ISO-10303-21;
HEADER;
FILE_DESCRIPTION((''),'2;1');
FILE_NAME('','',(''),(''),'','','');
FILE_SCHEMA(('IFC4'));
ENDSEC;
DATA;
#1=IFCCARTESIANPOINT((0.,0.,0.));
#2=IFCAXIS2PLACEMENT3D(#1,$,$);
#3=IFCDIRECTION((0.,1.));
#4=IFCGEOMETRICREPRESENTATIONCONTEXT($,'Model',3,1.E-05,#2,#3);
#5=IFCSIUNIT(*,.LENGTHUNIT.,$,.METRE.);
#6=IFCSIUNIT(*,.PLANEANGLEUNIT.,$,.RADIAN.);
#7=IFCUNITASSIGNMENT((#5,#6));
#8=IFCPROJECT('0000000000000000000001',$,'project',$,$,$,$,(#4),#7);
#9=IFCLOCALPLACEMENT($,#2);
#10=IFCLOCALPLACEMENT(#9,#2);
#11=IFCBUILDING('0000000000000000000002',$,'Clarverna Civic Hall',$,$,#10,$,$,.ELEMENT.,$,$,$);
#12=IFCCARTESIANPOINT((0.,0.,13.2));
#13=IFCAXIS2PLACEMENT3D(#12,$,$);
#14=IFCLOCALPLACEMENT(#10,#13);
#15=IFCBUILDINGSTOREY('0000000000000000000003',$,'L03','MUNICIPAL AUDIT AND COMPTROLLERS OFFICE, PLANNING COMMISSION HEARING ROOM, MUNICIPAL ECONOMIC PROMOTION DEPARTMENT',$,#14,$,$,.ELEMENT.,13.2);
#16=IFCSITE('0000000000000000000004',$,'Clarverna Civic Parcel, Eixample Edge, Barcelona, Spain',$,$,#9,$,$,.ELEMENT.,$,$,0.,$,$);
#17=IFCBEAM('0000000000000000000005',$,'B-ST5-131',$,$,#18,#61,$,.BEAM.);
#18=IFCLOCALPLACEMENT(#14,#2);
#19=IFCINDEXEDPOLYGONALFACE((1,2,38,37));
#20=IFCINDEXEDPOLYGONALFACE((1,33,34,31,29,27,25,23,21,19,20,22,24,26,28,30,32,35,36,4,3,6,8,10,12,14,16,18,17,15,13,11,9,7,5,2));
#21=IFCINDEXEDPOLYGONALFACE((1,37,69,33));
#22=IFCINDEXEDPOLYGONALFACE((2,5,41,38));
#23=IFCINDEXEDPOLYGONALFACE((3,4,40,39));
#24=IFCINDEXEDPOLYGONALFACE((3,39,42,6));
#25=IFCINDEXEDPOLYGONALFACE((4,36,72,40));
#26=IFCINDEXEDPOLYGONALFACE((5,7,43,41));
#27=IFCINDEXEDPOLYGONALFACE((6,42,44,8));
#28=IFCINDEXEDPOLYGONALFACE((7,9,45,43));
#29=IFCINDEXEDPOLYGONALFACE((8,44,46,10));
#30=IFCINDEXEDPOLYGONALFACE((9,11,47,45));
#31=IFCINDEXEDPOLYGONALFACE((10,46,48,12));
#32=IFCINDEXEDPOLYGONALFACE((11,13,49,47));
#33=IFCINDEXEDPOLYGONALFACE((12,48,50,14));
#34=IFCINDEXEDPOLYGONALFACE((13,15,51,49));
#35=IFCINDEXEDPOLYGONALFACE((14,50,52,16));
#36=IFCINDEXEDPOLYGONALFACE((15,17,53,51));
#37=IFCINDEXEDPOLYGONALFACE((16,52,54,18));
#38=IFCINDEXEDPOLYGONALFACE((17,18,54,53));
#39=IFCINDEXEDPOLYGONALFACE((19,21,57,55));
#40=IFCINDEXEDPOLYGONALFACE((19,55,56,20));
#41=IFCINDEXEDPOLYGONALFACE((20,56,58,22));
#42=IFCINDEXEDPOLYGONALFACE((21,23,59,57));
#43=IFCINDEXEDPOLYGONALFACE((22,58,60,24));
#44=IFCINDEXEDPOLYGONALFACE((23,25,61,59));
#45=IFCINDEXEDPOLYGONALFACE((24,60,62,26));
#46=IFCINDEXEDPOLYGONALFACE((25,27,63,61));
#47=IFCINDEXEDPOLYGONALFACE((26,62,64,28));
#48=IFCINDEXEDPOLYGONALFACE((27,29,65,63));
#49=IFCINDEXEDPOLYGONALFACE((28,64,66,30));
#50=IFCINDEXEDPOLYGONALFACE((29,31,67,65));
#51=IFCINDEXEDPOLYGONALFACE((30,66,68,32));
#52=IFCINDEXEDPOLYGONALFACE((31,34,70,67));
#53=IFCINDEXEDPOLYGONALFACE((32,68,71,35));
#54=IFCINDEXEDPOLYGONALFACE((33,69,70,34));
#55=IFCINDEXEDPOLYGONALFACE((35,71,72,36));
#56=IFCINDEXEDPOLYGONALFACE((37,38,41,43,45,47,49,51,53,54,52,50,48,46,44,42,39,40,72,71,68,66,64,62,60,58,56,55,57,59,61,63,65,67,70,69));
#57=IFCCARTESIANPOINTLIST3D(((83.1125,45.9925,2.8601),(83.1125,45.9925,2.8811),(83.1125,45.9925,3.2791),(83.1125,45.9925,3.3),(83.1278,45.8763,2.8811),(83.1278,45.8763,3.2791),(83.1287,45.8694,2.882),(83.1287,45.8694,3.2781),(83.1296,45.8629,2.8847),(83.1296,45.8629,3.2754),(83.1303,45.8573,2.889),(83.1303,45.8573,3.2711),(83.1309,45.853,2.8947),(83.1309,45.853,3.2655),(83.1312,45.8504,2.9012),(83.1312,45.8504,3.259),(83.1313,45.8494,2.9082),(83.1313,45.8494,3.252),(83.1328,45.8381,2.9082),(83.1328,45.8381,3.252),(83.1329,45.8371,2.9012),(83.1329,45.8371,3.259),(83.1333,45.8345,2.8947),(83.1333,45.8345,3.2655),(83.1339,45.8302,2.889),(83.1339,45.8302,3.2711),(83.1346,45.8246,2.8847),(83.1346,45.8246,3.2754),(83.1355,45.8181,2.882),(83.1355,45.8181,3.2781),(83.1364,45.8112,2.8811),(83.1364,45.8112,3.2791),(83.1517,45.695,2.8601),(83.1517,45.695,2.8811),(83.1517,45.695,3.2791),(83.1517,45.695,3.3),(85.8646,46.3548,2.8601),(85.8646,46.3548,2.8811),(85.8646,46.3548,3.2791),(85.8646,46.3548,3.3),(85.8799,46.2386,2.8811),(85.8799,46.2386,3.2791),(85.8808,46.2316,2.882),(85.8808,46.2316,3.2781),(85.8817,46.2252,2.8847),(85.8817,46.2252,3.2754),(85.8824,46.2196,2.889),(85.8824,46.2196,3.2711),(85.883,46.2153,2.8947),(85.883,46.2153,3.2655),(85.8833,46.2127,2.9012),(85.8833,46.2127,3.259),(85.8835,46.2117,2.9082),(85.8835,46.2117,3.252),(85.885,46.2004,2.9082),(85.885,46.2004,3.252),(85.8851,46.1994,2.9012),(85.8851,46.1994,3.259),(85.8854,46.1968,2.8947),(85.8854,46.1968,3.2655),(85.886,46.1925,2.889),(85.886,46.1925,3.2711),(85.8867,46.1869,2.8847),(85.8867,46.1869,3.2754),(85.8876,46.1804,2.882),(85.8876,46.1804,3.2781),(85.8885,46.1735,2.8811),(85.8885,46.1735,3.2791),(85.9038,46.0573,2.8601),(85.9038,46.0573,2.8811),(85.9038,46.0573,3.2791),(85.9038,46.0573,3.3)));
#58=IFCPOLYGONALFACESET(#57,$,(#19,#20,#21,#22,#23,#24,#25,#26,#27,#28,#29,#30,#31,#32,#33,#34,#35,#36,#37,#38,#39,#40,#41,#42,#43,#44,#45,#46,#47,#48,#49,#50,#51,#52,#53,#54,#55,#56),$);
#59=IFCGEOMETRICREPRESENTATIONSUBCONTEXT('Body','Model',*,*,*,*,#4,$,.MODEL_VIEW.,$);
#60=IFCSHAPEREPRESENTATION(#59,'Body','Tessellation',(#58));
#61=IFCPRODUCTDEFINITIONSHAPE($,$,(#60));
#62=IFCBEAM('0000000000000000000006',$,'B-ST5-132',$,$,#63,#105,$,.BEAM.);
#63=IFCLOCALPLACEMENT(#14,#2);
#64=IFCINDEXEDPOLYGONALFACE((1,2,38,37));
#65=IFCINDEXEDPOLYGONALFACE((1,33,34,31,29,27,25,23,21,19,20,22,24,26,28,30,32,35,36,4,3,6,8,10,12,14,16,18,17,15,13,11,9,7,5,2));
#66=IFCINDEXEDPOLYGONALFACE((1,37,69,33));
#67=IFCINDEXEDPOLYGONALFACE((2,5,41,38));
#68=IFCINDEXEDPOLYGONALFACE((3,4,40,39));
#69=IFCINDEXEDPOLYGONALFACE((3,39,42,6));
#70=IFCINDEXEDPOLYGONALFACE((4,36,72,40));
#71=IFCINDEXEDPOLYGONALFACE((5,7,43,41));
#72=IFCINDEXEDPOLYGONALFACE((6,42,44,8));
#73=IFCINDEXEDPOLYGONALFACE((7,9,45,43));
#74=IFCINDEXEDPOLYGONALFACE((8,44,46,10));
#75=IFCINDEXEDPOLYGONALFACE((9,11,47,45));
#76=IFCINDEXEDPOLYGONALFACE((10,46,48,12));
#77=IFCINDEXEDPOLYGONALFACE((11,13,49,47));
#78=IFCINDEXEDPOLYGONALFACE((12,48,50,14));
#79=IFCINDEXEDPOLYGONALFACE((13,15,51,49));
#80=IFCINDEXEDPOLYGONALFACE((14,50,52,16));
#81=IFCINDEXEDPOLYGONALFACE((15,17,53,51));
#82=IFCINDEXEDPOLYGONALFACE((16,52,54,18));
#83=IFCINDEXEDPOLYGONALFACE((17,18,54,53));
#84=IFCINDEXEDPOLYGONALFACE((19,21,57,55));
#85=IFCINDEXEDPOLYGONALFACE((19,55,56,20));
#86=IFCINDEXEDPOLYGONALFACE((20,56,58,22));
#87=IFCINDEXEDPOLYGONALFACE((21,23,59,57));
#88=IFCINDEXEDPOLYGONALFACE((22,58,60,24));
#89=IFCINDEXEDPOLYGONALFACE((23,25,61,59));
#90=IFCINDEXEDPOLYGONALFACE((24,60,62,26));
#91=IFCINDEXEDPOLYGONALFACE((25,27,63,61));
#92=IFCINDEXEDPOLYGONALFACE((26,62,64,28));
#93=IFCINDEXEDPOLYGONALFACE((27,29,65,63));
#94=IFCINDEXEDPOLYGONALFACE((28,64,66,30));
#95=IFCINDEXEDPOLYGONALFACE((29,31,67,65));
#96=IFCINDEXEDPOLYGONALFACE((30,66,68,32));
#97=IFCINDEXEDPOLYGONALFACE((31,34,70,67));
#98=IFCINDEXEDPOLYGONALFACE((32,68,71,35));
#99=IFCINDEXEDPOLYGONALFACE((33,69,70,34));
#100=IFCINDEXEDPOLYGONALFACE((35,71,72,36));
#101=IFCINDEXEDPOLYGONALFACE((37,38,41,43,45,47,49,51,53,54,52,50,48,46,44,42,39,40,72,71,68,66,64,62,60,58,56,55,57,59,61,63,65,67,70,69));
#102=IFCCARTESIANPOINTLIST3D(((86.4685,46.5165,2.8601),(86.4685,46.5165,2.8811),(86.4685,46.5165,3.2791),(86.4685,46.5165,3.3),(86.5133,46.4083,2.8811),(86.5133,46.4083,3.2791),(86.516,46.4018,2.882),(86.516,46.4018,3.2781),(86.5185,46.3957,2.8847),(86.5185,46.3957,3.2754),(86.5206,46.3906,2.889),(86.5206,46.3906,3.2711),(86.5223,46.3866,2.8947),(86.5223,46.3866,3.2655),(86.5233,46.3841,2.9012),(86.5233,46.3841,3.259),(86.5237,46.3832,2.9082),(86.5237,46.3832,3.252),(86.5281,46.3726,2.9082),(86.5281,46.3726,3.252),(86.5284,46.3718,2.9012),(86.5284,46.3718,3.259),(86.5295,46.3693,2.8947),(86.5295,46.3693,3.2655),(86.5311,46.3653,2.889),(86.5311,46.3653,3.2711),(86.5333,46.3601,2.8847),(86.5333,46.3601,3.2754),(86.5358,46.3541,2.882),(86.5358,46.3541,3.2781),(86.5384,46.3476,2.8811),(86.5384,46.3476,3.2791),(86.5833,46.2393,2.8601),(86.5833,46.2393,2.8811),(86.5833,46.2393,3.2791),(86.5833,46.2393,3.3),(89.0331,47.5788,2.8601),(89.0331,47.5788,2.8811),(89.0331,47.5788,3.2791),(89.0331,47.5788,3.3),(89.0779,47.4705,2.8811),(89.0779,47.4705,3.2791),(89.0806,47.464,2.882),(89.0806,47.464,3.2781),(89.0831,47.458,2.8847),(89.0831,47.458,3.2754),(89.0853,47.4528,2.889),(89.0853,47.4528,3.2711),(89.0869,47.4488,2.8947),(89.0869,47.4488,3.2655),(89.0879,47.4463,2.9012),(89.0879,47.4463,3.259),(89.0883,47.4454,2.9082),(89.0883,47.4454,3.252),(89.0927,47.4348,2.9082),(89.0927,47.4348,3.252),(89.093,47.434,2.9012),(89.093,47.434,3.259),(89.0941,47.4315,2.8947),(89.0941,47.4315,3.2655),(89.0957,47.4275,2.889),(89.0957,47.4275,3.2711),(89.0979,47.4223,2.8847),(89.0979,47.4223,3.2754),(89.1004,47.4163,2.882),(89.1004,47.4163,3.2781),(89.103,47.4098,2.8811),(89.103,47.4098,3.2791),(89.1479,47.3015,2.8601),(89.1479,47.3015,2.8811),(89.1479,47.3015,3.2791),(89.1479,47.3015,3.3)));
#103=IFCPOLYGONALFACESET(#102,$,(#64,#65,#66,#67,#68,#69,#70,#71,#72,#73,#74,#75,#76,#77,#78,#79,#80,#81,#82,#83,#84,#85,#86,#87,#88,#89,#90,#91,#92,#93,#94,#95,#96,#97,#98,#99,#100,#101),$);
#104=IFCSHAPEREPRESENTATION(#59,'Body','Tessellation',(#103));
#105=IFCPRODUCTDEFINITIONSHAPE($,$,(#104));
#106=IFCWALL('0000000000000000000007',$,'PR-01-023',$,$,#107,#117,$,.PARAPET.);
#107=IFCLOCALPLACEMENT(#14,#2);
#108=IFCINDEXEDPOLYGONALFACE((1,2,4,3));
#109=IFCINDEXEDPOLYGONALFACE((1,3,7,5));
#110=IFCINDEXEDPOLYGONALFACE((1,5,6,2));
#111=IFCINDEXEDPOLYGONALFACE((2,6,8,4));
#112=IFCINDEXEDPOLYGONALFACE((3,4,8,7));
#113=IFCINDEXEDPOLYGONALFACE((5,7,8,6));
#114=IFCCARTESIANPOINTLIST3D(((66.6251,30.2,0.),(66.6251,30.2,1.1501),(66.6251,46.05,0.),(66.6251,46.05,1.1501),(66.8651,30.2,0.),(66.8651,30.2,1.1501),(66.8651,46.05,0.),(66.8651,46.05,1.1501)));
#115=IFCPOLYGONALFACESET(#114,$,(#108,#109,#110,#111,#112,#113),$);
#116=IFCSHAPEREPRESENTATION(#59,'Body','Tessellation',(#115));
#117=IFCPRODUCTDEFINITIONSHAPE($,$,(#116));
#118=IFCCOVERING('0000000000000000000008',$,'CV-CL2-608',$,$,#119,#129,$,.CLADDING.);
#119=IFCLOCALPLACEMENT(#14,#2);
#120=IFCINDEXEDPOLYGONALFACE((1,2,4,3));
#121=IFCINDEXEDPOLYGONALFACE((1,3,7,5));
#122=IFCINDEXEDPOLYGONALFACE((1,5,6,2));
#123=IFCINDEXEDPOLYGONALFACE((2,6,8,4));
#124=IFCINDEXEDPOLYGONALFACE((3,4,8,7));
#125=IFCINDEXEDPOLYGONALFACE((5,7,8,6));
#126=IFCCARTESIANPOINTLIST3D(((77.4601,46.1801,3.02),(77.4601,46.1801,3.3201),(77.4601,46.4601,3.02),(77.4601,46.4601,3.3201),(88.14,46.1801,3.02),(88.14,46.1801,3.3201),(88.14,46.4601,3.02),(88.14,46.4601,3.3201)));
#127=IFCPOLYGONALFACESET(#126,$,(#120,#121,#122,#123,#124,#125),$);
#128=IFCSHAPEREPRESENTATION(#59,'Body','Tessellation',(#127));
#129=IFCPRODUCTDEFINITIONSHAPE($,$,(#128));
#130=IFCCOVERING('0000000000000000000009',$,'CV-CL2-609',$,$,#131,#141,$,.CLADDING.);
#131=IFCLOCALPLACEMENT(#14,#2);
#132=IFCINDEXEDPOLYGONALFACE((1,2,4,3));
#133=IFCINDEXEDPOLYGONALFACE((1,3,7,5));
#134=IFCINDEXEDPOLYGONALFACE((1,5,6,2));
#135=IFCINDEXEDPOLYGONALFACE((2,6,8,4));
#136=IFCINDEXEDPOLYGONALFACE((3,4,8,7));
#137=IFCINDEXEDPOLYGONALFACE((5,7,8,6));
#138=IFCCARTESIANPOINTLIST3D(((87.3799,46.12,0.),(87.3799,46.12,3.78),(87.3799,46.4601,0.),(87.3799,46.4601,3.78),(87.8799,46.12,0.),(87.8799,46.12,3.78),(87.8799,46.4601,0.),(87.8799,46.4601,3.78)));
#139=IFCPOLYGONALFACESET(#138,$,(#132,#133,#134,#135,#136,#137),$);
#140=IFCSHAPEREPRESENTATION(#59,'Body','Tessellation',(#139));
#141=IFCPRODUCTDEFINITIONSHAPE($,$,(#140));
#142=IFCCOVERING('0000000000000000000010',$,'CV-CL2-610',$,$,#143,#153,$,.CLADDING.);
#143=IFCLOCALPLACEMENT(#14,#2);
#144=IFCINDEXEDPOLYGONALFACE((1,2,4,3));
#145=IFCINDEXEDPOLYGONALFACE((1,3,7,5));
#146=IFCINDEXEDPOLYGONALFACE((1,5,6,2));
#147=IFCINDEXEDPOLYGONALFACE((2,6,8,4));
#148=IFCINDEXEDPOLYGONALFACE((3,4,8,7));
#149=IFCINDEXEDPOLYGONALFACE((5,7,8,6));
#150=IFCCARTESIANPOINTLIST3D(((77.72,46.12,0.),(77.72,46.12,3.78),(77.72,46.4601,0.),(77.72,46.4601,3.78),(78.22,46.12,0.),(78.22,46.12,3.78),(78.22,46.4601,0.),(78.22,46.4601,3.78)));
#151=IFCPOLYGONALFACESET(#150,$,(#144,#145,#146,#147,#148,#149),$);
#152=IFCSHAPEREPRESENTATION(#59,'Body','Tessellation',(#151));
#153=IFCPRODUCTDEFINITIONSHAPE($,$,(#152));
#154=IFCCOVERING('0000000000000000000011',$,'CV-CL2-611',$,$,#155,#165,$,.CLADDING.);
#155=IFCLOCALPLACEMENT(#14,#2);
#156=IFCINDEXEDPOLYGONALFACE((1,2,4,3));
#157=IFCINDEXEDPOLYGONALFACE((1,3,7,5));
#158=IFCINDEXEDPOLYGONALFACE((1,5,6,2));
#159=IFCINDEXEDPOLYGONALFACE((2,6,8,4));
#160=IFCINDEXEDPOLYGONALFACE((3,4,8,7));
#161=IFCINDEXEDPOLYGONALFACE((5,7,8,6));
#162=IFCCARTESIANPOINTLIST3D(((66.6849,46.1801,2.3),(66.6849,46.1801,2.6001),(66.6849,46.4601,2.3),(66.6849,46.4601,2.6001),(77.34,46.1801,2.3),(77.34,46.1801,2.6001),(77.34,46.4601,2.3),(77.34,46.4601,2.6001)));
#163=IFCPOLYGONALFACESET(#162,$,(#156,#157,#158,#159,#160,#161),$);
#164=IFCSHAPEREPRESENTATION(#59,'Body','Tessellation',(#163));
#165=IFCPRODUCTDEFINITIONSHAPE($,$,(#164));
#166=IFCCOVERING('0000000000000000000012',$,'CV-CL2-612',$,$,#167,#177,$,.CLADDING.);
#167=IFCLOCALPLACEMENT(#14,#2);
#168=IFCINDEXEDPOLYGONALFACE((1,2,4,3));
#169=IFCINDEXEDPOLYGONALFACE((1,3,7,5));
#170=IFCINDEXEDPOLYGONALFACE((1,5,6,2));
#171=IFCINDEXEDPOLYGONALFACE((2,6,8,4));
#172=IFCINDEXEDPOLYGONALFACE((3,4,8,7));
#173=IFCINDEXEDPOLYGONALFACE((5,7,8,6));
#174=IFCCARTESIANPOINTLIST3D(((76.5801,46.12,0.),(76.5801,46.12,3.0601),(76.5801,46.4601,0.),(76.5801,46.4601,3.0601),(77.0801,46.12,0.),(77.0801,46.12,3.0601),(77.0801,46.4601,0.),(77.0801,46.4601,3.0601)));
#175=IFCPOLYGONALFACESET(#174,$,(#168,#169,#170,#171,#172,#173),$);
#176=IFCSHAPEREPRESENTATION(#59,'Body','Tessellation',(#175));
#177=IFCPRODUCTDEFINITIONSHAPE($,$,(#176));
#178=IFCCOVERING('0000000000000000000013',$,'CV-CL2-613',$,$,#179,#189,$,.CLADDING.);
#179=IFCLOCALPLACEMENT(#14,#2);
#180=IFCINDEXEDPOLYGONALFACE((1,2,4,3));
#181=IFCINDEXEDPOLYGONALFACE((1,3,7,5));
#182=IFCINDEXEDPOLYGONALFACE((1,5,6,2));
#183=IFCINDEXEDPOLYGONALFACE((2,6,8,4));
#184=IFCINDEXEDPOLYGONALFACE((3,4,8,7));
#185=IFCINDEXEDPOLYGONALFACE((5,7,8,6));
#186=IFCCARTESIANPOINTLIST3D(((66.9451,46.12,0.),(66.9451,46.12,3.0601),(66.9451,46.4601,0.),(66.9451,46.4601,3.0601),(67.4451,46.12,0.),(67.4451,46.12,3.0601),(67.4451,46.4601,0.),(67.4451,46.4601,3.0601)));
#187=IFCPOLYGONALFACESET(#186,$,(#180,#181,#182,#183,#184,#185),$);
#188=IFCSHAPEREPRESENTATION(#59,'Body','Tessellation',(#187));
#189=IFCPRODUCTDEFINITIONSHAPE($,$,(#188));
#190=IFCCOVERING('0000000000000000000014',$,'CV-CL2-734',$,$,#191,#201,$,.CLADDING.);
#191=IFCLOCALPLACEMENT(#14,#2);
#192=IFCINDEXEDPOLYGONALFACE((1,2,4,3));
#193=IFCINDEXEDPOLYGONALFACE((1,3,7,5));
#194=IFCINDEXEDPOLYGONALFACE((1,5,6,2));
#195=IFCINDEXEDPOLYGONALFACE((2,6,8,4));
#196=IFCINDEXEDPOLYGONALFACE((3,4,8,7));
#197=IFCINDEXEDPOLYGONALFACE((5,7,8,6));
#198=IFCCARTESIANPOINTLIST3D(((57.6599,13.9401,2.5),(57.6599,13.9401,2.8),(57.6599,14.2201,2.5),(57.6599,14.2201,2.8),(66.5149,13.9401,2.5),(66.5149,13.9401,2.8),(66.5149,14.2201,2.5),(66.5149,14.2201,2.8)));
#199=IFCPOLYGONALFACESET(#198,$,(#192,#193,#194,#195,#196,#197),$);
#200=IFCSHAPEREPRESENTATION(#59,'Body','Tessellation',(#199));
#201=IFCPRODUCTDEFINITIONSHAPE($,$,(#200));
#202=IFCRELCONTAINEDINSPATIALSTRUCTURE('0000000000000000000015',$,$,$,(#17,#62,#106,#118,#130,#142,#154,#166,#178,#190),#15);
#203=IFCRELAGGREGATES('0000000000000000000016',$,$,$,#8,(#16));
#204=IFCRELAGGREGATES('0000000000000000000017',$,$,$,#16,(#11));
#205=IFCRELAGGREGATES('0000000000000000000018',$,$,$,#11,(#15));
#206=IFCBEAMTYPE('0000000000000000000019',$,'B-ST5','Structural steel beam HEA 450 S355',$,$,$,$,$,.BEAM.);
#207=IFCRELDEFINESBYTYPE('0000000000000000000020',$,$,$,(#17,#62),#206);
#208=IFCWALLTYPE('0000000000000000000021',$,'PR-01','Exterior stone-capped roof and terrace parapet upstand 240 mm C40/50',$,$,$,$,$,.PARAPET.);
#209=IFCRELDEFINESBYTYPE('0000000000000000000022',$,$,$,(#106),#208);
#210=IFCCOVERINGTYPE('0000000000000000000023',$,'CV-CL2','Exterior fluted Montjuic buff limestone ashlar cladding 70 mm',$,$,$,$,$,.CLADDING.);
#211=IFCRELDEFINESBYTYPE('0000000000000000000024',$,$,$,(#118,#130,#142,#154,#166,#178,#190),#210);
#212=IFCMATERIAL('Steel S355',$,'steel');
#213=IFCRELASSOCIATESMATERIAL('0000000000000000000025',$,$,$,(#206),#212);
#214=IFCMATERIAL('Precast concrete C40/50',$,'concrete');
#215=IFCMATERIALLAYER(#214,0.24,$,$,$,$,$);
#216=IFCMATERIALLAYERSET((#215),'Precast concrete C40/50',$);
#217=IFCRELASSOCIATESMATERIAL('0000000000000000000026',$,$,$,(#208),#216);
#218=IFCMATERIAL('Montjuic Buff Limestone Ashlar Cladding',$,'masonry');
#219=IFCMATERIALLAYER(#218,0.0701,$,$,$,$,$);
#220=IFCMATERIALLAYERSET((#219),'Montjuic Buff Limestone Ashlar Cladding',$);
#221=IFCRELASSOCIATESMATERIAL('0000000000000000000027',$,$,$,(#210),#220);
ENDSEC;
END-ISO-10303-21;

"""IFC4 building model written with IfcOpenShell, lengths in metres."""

from ifc_helpers import new_model, si_unit, direction, frame, frame_2d, origin, origin_2d, place, context, subcontext, project, spatial, rectangle, i_section, extrude, material, layer, layer_set, material_profile, profile_set, type_object, element, save


model = new_model("IFC4")

# Units and contexts
model_context = context("Model", 3, precision=1e-05, world=origin(), true_north=direction((0.0, 1.0)))
body_context = subcontext(model_context, "Body", "Model", "MODEL_VIEW")
ifc_project = project(units=[si_unit("LENGTHUNIT", "METRE"), si_unit("PLANEANGLEUNIT", "RADIAN")], contexts=[model_context])

# Site, building, storey
site_placement = place(None, origin())
site = spatial("IfcSite", under=ifc_project, at=site_placement, Name="Clarverna Civic Parcel, Eixample Edge, Barcelona, Spain", CompositionType="ELEMENT", RefElevation=0.0)
building_placement = place(site_placement, origin())
building = spatial("IfcBuilding", under=site, at=building_placement, Name="Clarverna Civic Hall", CompositionType="ELEMENT")
storey_placement = place(building_placement, frame((0.0, 0.0, 13.2)))
storey = spatial("IfcBuildingStorey", under=building, at=storey_placement, Name="L03", Description="MUNICIPAL AUDIT AND COMPTROLLERS OFFICE, PLANNING COMMISSION HEARING ROOM, MUNICIPAL ECONOMIC PROMOTION DEPARTMENT", CompositionType="ELEMENT", Elevation=13.2)

# Beams
ifc_material_1 = material(Name="Steel S355", Category="steel")
ifc_material_profile_1 = material_profile(ifc_material_1, i_section(OverallWidth=0.3, OverallDepth=0.4399, WebThickness=0.0115, FlangeThickness=0.021, FilletRadius=0.0271, at=origin_2d()), Name="HEA 450")
ifc_profile_set_1 = profile_set([ifc_material_profile_1], Name="Steel S355")
beam_type = type_object("IfcBeamType", Name="B-ST5", Description="Structural steel beam HEA 450 S355", PredefinedType="BEAM", material=ifc_profile_set_1)
for number, where, z_axis, x_axis, name in (
    (1, (83.1321, 45.8438, 3.0801), (0.991446, 0.130516, 0.0), (-0.130516, 0.991446, 0.0), "B-ST5-131"),
    (2, (86.5259, 46.3779, 3.0801), (0.923889, 0.38266, 0.0), (-0.38266, 0.923889, 0.0), "B-ST5-132"),
):
    element("IfcBeam", number, at=place(storey_placement, frame(where, z_axis=z_axis, x_axis=x_axis)), inside=storey, type_object=beam_type, Name=name, PredefinedType="BEAM", context=body_context, shape_type="SweptSolid", body=[
        extrude(i_section(OverallWidth=0.3, OverallDepth=0.4399, WebThickness=0.0115, FlangeThickness=0.021, FilletRadius=0.0271, at=origin_2d()), origin(), (0.0, 0.0, 1.0), 2.7759),
    ])

# Wall
ifc_material_2 = material(Name="Precast concrete C40/50", Category="concrete")
ifc_layer_1 = layer(ifc_material_2, 0.24)
ifc_layer_set_1 = layer_set([ifc_layer_1], Name="Precast concrete C40/50")
wall_type = type_object("IfcWallType", Name="PR-01", Description="Exterior stone-capped roof and terrace parapet upstand 240 mm C40/50", PredefinedType="PARAPET", material=ifc_layer_set_1)
wall_placement = place(storey_placement, frame((66.7451, 30.2, 0.0), z_axis=(0.0, 0.0, 1.0), x_axis=(0.0, 1.0, 0.0)))
element("IfcWall", 3, at=wall_placement, inside=storey, type_object=wall_type, Name="PR-01-023", PredefinedType="PARAPET", context=body_context, shape_type="SweptSolid", body=[
    extrude(rectangle(XDim=15.8501, YDim=0.24, at=frame_2d((7.925, 0.0))), origin(), (0.0, 0.0, 1.0), 1.1501),
])

# Coverings
ifc_material_3 = material(Name="Montjuic Buff Limestone Ashlar Cladding", Category="masonry")
ifc_layer_2 = layer(ifc_material_3, 0.0701)
ifc_layer_set_2 = layer_set([ifc_layer_2], Name="Montjuic Buff Limestone Ashlar Cladding")
covering_type = type_object("IfcCoveringType", Name="CV-CL2", Description="Exterior fluted Montjuic buff limestone ashlar cladding 70 mm", PredefinedType="CLADDING", material=ifc_layer_set_2)
covering_1_placement = place(storey_placement, frame((88.1399, 46.3201, 3.02), z_axis=(0.0, 0.0, 1.0), x_axis=(-1.0, 0.0, 0.0)))
element("IfcCovering", 4, at=covering_1_placement, inside=storey, type_object=covering_type, Name="CV-CL2-608", PredefinedType="CLADDING", context=body_context, shape_type="SweptSolid", body=[
    extrude(rectangle(XDim=10.6799, YDim=0.28, at=frame_2d((5.3398, 0.0))), origin(), (0.0, 0.0, 1.0), 0.3),
])
for number, where, z_axis, x_axis, name in (
    (5, (87.8799, 46.29, 0.0), (0.0, 0.0, 1.0), (-1.0, 0.0, 0.0), "CV-CL2-609"),
    (6, (78.22, 46.29, 0.0), (0.0, 0.0, 1.0), (-1.0, 0.0, 0.0), "CV-CL2-610"),
):
    element("IfcCovering", number, at=place(storey_placement, frame(where, z_axis=z_axis, x_axis=x_axis)), inside=storey, type_object=covering_type, Name=name, PredefinedType="CLADDING", context=body_context, shape_type="SweptSolid", body=[
        extrude(rectangle(XDim=0.5, YDim=0.3401, at=frame_2d((0.25, 0.0))), origin(), (0.0, 0.0, 1.0), 3.78),
    ])
covering_2_placement = place(storey_placement, frame((77.3401, 46.3201, 2.3), z_axis=(0.0, 0.0, 1.0), x_axis=(-1.0, 0.0, 0.0)))
element("IfcCovering", 7, at=covering_2_placement, inside=storey, type_object=covering_type, Name="CV-CL2-611", PredefinedType="CLADDING", context=body_context, shape_type="SweptSolid", body=[
    extrude(rectangle(XDim=10.655, YDim=0.28, at=frame_2d((5.3276, 0.0))), origin(), (0.0, 0.0, 1.0), 0.3),
])
for number, where, z_axis, x_axis, name in (
    (8, (77.0801, 46.29, 0.0), (0.0, 0.0, 1.0), (-1.0, 0.0, 0.0), "CV-CL2-612"),
    (9, (67.4451, 46.29, 0.0), (0.0, 0.0, 1.0), (-1.0, 0.0, 0.0), "CV-CL2-613"),
):
    element("IfcCovering", number, at=place(storey_placement, frame(where, z_axis=z_axis, x_axis=x_axis)), inside=storey, type_object=covering_type, Name=name, PredefinedType="CLADDING", context=body_context, shape_type="SweptSolid", body=[
        extrude(rectangle(XDim=0.5, YDim=0.3401, at=frame_2d((0.25, 0.0))), origin(), (0.0, 0.0, 1.0), 3.0601),
    ])
covering_3_placement = place(storey_placement, frame((57.6599, 14.0801, 2.5), z_axis=(0.0, 0.0, 1.0), x_axis=(1.0, 0.0, 0.0)))
element("IfcCovering", 10, at=covering_3_placement, inside=storey, type_object=covering_type, Name="CV-CL2-734", PredefinedType="CLADDING", context=body_context, shape_type="SweptSolid", body=[
    extrude(rectangle(XDim=8.855, YDim=0.28, at=frame_2d((4.4275, 0.0))), origin(), (0.0, 0.0, 1.0), 0.3),
])

save(model, "model.ifc")
